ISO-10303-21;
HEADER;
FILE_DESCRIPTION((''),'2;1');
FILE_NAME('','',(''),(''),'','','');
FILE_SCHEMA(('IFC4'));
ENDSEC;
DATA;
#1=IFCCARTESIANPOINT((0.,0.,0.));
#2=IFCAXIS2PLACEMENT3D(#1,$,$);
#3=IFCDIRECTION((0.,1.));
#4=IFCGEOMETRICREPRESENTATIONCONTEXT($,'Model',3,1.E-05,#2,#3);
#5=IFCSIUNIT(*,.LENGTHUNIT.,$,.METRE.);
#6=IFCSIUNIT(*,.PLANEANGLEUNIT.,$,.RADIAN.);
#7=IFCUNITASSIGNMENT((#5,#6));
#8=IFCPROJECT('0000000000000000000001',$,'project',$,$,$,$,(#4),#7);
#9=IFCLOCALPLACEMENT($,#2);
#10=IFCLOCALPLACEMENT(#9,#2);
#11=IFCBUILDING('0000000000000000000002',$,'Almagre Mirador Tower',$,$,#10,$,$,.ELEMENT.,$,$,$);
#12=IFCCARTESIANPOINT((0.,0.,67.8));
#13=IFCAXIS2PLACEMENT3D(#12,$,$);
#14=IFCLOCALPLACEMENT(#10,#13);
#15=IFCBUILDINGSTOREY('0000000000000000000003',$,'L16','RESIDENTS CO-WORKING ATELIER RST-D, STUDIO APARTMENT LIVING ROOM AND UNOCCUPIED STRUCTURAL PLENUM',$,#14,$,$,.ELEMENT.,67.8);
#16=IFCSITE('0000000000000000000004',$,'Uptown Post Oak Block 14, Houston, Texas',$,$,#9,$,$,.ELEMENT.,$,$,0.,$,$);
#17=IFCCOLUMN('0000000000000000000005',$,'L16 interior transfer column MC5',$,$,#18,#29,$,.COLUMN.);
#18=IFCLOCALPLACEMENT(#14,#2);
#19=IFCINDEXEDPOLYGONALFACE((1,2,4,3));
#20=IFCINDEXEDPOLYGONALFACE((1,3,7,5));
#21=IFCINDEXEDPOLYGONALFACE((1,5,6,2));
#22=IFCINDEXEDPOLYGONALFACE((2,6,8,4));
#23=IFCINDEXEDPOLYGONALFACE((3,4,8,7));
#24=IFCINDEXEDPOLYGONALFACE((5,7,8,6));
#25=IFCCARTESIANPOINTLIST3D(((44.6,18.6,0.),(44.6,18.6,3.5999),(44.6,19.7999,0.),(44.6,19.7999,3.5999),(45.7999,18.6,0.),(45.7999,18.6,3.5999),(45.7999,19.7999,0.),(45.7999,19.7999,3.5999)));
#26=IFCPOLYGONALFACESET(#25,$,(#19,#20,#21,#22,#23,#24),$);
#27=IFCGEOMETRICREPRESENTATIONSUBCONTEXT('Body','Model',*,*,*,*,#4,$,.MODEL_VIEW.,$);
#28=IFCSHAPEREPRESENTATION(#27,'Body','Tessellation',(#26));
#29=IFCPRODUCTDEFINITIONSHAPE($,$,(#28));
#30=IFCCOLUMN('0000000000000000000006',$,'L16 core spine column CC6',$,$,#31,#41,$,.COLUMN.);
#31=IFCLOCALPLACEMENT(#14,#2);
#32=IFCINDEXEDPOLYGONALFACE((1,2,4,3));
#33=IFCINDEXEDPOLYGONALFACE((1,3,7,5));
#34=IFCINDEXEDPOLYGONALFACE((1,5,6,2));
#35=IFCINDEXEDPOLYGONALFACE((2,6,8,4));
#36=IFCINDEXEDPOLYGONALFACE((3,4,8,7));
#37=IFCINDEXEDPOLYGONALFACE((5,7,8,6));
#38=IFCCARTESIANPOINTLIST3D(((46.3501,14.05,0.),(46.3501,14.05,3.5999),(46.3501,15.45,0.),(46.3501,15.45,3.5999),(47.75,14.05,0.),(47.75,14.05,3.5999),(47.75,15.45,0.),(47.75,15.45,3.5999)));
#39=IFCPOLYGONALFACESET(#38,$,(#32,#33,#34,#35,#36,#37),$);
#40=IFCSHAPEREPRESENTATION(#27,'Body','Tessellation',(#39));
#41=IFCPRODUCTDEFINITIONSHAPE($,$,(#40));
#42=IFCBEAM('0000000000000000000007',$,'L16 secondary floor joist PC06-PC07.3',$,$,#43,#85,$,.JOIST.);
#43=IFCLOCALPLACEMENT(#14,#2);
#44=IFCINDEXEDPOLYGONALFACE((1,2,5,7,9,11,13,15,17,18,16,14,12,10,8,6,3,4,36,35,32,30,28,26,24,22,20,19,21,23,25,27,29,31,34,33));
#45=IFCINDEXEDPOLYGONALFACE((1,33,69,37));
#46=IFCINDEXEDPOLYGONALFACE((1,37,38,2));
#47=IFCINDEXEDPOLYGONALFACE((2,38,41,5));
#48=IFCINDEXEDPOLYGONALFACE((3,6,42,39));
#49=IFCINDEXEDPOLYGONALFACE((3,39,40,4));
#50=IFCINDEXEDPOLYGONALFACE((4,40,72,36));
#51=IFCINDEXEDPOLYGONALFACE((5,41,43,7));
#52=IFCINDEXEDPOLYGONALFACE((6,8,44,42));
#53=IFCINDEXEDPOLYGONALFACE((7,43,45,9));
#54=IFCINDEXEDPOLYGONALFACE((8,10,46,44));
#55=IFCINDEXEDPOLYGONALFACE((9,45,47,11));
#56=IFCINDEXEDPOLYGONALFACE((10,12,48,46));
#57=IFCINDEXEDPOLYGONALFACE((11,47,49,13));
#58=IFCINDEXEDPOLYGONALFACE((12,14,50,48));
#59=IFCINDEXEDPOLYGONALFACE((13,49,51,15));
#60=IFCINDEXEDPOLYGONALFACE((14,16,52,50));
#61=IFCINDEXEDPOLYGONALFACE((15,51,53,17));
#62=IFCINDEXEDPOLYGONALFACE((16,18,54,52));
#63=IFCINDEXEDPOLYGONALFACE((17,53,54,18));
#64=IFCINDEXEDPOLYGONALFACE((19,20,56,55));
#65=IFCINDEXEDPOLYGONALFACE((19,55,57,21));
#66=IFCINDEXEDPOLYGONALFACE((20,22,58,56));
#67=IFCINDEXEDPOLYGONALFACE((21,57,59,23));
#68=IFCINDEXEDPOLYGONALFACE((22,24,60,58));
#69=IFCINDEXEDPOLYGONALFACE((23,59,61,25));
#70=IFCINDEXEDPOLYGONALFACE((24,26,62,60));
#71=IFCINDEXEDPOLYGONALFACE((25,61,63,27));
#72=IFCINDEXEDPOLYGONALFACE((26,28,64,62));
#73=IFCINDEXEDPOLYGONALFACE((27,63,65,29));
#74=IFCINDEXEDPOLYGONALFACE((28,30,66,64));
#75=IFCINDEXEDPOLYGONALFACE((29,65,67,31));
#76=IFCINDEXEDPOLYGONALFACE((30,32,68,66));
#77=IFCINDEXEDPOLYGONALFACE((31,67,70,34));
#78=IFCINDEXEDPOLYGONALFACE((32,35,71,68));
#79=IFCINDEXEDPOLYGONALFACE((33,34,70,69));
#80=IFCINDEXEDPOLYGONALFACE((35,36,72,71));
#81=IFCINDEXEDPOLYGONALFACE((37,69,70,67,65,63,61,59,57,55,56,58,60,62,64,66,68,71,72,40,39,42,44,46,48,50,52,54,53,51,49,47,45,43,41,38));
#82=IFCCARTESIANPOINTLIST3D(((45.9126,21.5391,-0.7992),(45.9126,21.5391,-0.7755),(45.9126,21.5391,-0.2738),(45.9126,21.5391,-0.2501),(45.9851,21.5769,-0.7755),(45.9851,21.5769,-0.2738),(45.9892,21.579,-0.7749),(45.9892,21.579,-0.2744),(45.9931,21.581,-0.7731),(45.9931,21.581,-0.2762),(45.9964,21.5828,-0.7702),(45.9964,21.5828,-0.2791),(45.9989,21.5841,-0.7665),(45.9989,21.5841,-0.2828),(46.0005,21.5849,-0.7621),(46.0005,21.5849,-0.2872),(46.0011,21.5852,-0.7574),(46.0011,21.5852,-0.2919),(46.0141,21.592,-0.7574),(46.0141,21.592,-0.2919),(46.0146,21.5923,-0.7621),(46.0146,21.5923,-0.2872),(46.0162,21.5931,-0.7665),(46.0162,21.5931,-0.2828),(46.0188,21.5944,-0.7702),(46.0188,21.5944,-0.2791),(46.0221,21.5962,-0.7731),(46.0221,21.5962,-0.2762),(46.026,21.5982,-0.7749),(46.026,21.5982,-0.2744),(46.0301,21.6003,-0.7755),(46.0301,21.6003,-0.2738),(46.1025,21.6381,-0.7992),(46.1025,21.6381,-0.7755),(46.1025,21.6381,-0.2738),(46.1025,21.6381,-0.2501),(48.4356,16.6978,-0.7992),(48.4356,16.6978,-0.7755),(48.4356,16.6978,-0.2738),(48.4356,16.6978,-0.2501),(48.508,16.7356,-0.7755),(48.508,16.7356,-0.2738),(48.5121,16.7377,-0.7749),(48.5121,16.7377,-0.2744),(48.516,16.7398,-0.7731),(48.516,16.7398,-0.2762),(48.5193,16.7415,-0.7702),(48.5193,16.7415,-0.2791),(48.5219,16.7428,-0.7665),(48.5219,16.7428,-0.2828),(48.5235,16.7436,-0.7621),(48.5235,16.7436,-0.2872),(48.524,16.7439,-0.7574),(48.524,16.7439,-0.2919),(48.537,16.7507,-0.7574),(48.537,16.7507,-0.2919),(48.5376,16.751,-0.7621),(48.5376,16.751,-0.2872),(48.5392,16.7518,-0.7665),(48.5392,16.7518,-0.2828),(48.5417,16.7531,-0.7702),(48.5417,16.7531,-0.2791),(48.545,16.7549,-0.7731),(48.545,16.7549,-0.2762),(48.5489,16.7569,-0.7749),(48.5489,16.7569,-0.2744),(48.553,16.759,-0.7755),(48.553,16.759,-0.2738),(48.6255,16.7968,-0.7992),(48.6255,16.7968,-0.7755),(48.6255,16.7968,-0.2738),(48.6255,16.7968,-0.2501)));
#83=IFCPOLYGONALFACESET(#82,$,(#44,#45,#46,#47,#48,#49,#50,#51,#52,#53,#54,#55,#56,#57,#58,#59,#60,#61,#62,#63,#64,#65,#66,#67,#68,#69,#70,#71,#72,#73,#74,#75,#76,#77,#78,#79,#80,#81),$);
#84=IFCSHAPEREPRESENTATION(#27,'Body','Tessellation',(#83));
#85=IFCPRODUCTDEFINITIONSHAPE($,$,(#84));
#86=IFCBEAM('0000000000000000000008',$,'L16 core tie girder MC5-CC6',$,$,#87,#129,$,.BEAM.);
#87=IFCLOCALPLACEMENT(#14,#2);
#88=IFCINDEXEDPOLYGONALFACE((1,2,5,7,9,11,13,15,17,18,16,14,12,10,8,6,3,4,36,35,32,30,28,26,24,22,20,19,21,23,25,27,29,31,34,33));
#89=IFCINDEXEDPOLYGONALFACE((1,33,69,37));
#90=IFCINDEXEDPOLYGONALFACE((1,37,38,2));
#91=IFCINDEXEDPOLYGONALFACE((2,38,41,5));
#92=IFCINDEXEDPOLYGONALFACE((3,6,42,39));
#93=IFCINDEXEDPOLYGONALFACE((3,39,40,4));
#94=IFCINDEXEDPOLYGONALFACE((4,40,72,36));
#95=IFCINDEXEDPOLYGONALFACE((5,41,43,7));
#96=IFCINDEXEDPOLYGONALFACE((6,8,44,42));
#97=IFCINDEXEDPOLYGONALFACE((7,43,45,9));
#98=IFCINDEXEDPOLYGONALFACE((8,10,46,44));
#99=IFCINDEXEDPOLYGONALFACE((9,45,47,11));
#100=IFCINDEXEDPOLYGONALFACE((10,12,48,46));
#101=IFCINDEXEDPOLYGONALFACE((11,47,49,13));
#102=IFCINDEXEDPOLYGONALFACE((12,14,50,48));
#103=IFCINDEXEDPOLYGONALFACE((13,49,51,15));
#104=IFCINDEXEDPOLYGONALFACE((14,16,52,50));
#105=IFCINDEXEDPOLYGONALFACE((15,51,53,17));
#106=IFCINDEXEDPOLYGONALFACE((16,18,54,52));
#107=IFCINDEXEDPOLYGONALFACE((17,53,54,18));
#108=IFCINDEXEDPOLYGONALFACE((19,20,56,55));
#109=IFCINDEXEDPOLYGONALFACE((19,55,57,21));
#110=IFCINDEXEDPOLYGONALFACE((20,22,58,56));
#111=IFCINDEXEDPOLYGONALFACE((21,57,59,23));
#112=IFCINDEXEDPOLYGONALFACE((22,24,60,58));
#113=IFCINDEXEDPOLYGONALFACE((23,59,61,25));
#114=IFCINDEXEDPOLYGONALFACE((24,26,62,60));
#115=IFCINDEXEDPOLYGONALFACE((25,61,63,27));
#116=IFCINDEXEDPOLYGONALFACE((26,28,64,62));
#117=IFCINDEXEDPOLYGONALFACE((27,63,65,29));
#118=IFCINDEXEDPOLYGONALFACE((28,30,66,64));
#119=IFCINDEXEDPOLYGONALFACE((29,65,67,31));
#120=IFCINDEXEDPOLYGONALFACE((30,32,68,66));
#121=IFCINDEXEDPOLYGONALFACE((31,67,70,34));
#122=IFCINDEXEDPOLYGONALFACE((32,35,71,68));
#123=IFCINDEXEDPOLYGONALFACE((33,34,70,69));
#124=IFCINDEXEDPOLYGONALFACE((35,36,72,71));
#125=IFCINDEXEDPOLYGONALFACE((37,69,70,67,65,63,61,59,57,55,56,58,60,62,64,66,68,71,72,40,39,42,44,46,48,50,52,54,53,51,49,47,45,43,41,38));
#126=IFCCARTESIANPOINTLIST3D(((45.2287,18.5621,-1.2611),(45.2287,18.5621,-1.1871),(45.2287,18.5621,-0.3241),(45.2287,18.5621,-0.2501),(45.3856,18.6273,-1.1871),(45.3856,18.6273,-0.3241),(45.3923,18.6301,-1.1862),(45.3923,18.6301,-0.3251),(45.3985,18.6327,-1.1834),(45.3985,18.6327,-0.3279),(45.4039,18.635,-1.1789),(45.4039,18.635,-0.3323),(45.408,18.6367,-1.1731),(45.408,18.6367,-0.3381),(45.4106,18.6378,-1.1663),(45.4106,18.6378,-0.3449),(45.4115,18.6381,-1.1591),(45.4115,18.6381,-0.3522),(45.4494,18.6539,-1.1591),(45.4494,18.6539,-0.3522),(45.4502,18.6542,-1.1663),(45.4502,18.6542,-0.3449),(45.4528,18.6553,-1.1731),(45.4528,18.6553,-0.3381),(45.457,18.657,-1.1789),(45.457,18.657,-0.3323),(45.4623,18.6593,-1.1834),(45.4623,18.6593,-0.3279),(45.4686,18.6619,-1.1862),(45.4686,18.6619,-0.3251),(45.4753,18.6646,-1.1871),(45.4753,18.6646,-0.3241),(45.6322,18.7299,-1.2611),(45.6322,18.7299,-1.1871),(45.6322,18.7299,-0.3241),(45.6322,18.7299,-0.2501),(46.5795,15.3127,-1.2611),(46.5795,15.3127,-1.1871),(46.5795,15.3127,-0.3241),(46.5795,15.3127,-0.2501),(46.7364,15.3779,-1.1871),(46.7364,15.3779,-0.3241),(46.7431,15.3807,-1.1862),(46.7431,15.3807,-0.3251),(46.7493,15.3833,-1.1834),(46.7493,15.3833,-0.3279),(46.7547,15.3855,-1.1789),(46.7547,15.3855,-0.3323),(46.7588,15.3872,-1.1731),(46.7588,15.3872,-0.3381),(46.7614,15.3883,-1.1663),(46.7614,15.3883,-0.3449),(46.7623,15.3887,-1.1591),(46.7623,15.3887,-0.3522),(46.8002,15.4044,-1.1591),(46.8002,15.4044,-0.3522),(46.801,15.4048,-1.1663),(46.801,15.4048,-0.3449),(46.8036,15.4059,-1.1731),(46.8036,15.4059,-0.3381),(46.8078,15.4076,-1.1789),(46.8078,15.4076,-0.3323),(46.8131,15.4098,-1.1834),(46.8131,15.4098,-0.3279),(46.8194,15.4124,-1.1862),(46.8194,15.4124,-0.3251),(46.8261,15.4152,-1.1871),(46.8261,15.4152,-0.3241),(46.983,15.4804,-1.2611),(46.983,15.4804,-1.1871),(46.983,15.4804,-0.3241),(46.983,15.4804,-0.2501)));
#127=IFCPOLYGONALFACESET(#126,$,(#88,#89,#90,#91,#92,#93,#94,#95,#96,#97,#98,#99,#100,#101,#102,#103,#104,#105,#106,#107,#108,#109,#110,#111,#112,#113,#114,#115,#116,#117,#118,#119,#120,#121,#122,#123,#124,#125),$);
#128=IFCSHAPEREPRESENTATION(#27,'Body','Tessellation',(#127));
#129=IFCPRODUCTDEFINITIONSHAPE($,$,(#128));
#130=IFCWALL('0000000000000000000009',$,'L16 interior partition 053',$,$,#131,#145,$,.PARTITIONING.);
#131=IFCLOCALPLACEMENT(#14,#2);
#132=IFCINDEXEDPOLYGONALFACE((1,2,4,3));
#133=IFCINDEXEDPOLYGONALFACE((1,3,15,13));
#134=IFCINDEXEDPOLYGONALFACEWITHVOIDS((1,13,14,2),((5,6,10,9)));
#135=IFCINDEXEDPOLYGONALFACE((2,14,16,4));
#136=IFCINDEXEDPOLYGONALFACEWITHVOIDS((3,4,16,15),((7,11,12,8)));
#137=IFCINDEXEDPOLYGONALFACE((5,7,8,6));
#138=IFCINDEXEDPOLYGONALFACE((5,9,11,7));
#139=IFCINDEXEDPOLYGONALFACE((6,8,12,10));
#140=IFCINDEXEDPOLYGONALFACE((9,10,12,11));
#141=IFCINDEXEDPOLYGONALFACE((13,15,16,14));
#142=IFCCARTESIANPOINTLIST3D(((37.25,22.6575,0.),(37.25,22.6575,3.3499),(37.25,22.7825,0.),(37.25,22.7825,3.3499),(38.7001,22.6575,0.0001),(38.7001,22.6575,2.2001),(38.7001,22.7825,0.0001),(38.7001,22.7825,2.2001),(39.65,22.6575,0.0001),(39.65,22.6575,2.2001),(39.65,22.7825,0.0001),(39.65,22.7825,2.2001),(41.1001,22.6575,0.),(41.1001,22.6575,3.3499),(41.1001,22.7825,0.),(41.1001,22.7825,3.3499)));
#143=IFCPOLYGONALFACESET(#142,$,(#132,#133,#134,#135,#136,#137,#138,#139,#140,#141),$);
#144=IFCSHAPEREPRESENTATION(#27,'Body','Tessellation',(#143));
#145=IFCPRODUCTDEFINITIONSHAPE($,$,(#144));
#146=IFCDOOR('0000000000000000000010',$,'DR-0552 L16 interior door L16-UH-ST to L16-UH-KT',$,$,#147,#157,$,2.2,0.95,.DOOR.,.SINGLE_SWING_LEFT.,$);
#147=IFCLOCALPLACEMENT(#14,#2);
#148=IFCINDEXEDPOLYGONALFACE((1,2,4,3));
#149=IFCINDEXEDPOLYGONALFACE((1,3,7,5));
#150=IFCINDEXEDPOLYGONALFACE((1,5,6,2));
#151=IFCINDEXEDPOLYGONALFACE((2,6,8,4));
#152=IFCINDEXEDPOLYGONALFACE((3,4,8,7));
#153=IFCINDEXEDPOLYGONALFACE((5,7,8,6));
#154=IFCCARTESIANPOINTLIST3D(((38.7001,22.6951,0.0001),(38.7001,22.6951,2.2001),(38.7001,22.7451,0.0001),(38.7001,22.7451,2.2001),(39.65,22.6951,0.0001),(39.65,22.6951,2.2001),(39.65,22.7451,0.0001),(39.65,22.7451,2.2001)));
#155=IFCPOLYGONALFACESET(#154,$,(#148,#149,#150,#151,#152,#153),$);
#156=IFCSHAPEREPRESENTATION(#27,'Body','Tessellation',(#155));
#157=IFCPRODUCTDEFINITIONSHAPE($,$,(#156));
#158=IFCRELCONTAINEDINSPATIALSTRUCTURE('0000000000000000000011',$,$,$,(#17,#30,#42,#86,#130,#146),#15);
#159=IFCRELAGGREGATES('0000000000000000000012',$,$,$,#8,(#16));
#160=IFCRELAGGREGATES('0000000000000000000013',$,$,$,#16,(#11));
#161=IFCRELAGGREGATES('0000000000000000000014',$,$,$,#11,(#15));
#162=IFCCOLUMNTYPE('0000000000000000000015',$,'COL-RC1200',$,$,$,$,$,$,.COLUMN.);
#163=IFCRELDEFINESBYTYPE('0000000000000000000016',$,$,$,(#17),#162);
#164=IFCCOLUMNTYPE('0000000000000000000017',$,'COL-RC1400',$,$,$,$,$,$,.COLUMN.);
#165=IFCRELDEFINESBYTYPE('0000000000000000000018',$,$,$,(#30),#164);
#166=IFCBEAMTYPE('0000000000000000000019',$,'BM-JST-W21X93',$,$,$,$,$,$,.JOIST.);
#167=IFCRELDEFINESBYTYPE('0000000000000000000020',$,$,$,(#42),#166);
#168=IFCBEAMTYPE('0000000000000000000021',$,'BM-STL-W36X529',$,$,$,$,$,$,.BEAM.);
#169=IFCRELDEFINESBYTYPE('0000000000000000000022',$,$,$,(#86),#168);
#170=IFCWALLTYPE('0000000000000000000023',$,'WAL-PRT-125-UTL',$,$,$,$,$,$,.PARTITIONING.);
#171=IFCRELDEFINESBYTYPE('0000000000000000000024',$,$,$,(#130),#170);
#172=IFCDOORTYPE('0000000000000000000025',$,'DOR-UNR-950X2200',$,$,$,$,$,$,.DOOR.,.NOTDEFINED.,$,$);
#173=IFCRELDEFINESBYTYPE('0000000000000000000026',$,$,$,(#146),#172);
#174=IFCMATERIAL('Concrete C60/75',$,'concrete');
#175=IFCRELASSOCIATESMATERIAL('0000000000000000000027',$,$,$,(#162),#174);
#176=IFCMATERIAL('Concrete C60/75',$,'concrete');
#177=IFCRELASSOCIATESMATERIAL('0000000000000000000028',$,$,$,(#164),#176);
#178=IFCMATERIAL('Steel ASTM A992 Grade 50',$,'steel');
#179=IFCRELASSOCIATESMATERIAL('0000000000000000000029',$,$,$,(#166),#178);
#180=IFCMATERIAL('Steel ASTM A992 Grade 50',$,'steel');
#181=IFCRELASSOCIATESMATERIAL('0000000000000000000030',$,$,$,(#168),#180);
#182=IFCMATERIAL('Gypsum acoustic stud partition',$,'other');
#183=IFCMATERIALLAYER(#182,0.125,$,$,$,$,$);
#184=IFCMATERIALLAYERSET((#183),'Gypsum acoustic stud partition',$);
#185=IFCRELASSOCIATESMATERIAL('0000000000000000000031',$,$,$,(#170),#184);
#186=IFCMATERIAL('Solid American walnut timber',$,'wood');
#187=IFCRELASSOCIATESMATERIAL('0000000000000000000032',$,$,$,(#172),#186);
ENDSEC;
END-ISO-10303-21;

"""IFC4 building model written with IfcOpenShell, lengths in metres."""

from ifc_helpers import new_model, si_unit, direction, frame, frame_2d, origin, origin_2d, place, context, subcontext, project, spatial, rectangle, i_section, extrude, material, layer, layer_set, material_profile, profile_set, type_object, element, fill, save


model = new_model("IFC4")

# Units and contexts
model_context = context("Model", 3, precision=1e-05, world=origin(), true_north=direction((0.0, 1.0)))
body_context = subcontext(model_context, "Body", "Model", "MODEL_VIEW")
ifc_project = project(units=[si_unit("LENGTHUNIT", "METRE"), si_unit("PLANEANGLEUNIT", "RADIAN")], contexts=[model_context])

# Site, building, storey
site_placement = place(None, origin())
site = spatial("IfcSite", under=ifc_project, at=site_placement, Name="Uptown Post Oak Block 14, Houston, Texas", CompositionType="ELEMENT", RefElevation=0.0)
building_placement = place(site_placement, origin())
building = spatial("IfcBuilding", under=site, at=building_placement, Name="Almagre Mirador Tower", CompositionType="ELEMENT")
storey_placement = place(building_placement, frame((0.0, 0.0, 67.8)))
storey = spatial("IfcBuildingStorey", under=building, at=storey_placement, Name="L16", Description="RESIDENTS CO-WORKING ATELIER RST-D, STUDIO APARTMENT LIVING ROOM AND UNOCCUPIED STRUCTURAL PLENUM", CompositionType="ELEMENT", Elevation=67.8)

# Columns
ifc_material_1 = material(Name="Concrete C60/75", Category="concrete")
ifc_material_profile_1 = material_profile(ifc_material_1, rectangle(XDim=1.2, YDim=1.2, at=origin_2d()), Name="RC1200X1200")
ifc_profile_set_1 = profile_set([ifc_material_profile_1], Name="Concrete C60/75")
column_type_1 = type_object("IfcColumnType", Name="COL-RC1200", PredefinedType="COLUMN", material=ifc_profile_set_1)
column_1_placement = place(storey_placement, frame((45.2, 19.2, 0.0), z_axis=(0.0, 0.0, 1.0), x_axis=(1.0, 0.0, 0.0)))
element("IfcColumn", 1, at=column_1_placement, inside=storey, type_object=column_type_1, Name="L16 interior transfer column MC5", PredefinedType="COLUMN", context=body_context, shape_type="SweptSolid", body=[
    extrude(rectangle(XDim=1.2, YDim=1.2, at=origin_2d()), origin(), (0.0, 0.0, 1.0), 3.5999),
])
ifc_material_2 = material(Name="Concrete C60/75", Category="concrete")
ifc_material_profile_2 = material_profile(ifc_material_2, rectangle(XDim=1.3999, YDim=1.3999, at=origin_2d()), Name="RC1400X1400")
ifc_profile_set_2 = profile_set([ifc_material_profile_2], Name="Concrete C60/75")
column_type_2 = type_object("IfcColumnType", Name="COL-RC1400", PredefinedType="COLUMN", material=ifc_profile_set_2)
column_2_placement = place(storey_placement, frame((47.05, 14.75, 0.0), z_axis=(0.0, 0.0, 1.0), x_axis=(1.0, 0.0, 0.0)))
element("IfcColumn", 2, at=column_2_placement, inside=storey, type_object=column_type_2, Name="L16 core spine column CC6", PredefinedType="COLUMN", context=body_context, shape_type="SweptSolid", body=[
    extrude(rectangle(XDim=1.3999, YDim=1.3999, at=origin_2d()), origin(), (0.0, 0.0, 1.0), 3.5999),
])

# Beams
ifc_material_3 = material(Name="Steel ASTM A992 Grade 50", Category="steel")
ifc_material_profile_3 = material_profile(ifc_material_3, i_section(OverallWidth=0.2141, OverallDepth=0.5491, WebThickness=0.0146, FlangeThickness=0.0237, FilletRadius=0.0181, at=origin_2d()), Name="W21X93")
ifc_profile_set_3 = profile_set([ifc_material_profile_3], Name="Steel ASTM A992 Grade 50")
beam_type_1 = type_object("IfcBeamType", Name="BM-JST-W21X93", PredefinedType="JOIST", material=ifc_profile_set_3)
beam_1_placement = place(storey_placement, frame((48.5305, 16.7473, -0.5247), z_axis=(-0.462141, 0.886806, 0.0), x_axis=(-0.886806, -0.462141, 0.0)))
element("IfcBeam", 3, at=beam_1_placement, inside=storey, type_object=beam_type_1, Name="L16 secondary floor joist PC06-PC07.3", PredefinedType="JOIST", context=body_context, shape_type="SweptSolid", body=[
    extrude(i_section(OverallWidth=0.2141, OverallDepth=0.5491, WebThickness=0.0146, FlangeThickness=0.0237, FilletRadius=0.0181, at=origin_2d()), origin(), (0.0, 0.0, 1.0), 5.4592),
])
ifc_material_4 = material(Name="Steel ASTM A992 Grade 50", Category="steel")
ifc_material_profile_4 = material_profile(ifc_material_4, i_section(OverallWidth=0.437, OverallDepth=1.011, WebThickness=0.041, FlangeThickness=0.074, FilletRadius=0.0281, at=origin_2d()), Name="W36X529")
ifc_profile_set_4 = profile_set([ifc_material_profile_4], Name="Steel ASTM A992 Grade 50")
beam_type_2 = type_object("IfcBeamType", Name="BM-STL-W36X529", PredefinedType="BEAM", material=ifc_profile_set_4)
beam_2_placement = place(storey_placement, frame((45.4304, 18.646, -0.7556), z_axis=(0.383857, -0.923393, 0.0), x_axis=(0.923393, 0.383857, 0.0)))
element("IfcBeam", 4, at=beam_2_placement, inside=storey, type_object=beam_type_2, Name="L16 core tie girder MC5-CC6", PredefinedType="BEAM", context=body_context, shape_type="SweptSolid", body=[
    extrude(i_section(OverallWidth=0.437, OverallDepth=1.011, WebThickness=0.041, FlangeThickness=0.074, FilletRadius=0.0281, at=origin_2d()), origin(), (0.0, 0.0, 1.0), 3.519),
])

# Wall, opening, door
ifc_material_5 = material(Name="Gypsum acoustic stud partition", Category="other")
ifc_layer_1 = layer(ifc_material_5, 0.125)
ifc_layer_set_1 = layer_set([ifc_layer_1], Name="Gypsum acoustic stud partition")
wall_type_1 = type_object("IfcWallType", Name="WAL-PRT-125-UTL", PredefinedType="PARTITIONING", material=ifc_layer_set_1)
wall_1_placement = place(storey_placement, frame((41.1001, 22.72, 0.0), z_axis=(0.0, 0.0, 1.0), x_axis=(-1.0, 0.0, 0.0)))
wall_1 = element("IfcWall", 5, at=wall_1_placement, inside=storey, type_object=wall_type_1, Name="L16 interior partition 053", PredefinedType="PARTITIONING", context=body_context, shape_type="SweptSolid", body=[
    extrude(rectangle(XDim=3.8501, YDim=0.125, at=frame_2d((1.925, 0.0))), origin(), (0.0, 0.0, 1.0), 3.3499),
])
opening_1_placement = place(wall_1_placement, frame((1.45, 0.0, 0.0)))
opening_1 = element("IfcOpeningElement", 6, at=opening_1_placement, cuts=wall_1, PredefinedType="OPENING", context=body_context, shape_type="SweptSolid", body=[
    extrude(rectangle(XDim=0.95, YDim=2.2, at=frame_2d((0.4751, 1.1001))), frame((0.0, 0.0725, 0.0), z_axis=(0.0, -1.0, 0.0), x_axis=(1.0, 0.0, 0.0)), (0.0, 0.0, 1.0), 0.145),
])
ifc_material_6 = material(Name="Solid American walnut timber", Category="wood")
door_type_1 = type_object("IfcDoorType", Name="DOR-UNR-950X2200", OperationType="NOTDEFINED", PredefinedType="DOOR", material=ifc_material_6)
door_1_placement = place(opening_1_placement, origin())
door_1 = element("IfcDoor", 7, at=door_1_placement, inside=storey, type_object=door_type_1, Name="DR-0552 L16 interior door L16-UH-ST to L16-UH-KT", OperationType="SINGLE_SWING_LEFT", OverallHeight=2.2, OverallWidth=0.95, PredefinedType="DOOR", context=body_context, shape_type="SweptSolid", body=[
    extrude(rectangle(XDim=0.95, YDim=2.2, at=frame_2d((0.4751, 1.1001))), frame((0.0, 0.0249, 0.0), z_axis=(0.0, -1.0, 0.0), x_axis=(1.0, 0.0, 0.0)), (0.0, 0.0, 1.0), 0.05),
])
fill(opening_1, door_1)

save(model, "model.ifc")
